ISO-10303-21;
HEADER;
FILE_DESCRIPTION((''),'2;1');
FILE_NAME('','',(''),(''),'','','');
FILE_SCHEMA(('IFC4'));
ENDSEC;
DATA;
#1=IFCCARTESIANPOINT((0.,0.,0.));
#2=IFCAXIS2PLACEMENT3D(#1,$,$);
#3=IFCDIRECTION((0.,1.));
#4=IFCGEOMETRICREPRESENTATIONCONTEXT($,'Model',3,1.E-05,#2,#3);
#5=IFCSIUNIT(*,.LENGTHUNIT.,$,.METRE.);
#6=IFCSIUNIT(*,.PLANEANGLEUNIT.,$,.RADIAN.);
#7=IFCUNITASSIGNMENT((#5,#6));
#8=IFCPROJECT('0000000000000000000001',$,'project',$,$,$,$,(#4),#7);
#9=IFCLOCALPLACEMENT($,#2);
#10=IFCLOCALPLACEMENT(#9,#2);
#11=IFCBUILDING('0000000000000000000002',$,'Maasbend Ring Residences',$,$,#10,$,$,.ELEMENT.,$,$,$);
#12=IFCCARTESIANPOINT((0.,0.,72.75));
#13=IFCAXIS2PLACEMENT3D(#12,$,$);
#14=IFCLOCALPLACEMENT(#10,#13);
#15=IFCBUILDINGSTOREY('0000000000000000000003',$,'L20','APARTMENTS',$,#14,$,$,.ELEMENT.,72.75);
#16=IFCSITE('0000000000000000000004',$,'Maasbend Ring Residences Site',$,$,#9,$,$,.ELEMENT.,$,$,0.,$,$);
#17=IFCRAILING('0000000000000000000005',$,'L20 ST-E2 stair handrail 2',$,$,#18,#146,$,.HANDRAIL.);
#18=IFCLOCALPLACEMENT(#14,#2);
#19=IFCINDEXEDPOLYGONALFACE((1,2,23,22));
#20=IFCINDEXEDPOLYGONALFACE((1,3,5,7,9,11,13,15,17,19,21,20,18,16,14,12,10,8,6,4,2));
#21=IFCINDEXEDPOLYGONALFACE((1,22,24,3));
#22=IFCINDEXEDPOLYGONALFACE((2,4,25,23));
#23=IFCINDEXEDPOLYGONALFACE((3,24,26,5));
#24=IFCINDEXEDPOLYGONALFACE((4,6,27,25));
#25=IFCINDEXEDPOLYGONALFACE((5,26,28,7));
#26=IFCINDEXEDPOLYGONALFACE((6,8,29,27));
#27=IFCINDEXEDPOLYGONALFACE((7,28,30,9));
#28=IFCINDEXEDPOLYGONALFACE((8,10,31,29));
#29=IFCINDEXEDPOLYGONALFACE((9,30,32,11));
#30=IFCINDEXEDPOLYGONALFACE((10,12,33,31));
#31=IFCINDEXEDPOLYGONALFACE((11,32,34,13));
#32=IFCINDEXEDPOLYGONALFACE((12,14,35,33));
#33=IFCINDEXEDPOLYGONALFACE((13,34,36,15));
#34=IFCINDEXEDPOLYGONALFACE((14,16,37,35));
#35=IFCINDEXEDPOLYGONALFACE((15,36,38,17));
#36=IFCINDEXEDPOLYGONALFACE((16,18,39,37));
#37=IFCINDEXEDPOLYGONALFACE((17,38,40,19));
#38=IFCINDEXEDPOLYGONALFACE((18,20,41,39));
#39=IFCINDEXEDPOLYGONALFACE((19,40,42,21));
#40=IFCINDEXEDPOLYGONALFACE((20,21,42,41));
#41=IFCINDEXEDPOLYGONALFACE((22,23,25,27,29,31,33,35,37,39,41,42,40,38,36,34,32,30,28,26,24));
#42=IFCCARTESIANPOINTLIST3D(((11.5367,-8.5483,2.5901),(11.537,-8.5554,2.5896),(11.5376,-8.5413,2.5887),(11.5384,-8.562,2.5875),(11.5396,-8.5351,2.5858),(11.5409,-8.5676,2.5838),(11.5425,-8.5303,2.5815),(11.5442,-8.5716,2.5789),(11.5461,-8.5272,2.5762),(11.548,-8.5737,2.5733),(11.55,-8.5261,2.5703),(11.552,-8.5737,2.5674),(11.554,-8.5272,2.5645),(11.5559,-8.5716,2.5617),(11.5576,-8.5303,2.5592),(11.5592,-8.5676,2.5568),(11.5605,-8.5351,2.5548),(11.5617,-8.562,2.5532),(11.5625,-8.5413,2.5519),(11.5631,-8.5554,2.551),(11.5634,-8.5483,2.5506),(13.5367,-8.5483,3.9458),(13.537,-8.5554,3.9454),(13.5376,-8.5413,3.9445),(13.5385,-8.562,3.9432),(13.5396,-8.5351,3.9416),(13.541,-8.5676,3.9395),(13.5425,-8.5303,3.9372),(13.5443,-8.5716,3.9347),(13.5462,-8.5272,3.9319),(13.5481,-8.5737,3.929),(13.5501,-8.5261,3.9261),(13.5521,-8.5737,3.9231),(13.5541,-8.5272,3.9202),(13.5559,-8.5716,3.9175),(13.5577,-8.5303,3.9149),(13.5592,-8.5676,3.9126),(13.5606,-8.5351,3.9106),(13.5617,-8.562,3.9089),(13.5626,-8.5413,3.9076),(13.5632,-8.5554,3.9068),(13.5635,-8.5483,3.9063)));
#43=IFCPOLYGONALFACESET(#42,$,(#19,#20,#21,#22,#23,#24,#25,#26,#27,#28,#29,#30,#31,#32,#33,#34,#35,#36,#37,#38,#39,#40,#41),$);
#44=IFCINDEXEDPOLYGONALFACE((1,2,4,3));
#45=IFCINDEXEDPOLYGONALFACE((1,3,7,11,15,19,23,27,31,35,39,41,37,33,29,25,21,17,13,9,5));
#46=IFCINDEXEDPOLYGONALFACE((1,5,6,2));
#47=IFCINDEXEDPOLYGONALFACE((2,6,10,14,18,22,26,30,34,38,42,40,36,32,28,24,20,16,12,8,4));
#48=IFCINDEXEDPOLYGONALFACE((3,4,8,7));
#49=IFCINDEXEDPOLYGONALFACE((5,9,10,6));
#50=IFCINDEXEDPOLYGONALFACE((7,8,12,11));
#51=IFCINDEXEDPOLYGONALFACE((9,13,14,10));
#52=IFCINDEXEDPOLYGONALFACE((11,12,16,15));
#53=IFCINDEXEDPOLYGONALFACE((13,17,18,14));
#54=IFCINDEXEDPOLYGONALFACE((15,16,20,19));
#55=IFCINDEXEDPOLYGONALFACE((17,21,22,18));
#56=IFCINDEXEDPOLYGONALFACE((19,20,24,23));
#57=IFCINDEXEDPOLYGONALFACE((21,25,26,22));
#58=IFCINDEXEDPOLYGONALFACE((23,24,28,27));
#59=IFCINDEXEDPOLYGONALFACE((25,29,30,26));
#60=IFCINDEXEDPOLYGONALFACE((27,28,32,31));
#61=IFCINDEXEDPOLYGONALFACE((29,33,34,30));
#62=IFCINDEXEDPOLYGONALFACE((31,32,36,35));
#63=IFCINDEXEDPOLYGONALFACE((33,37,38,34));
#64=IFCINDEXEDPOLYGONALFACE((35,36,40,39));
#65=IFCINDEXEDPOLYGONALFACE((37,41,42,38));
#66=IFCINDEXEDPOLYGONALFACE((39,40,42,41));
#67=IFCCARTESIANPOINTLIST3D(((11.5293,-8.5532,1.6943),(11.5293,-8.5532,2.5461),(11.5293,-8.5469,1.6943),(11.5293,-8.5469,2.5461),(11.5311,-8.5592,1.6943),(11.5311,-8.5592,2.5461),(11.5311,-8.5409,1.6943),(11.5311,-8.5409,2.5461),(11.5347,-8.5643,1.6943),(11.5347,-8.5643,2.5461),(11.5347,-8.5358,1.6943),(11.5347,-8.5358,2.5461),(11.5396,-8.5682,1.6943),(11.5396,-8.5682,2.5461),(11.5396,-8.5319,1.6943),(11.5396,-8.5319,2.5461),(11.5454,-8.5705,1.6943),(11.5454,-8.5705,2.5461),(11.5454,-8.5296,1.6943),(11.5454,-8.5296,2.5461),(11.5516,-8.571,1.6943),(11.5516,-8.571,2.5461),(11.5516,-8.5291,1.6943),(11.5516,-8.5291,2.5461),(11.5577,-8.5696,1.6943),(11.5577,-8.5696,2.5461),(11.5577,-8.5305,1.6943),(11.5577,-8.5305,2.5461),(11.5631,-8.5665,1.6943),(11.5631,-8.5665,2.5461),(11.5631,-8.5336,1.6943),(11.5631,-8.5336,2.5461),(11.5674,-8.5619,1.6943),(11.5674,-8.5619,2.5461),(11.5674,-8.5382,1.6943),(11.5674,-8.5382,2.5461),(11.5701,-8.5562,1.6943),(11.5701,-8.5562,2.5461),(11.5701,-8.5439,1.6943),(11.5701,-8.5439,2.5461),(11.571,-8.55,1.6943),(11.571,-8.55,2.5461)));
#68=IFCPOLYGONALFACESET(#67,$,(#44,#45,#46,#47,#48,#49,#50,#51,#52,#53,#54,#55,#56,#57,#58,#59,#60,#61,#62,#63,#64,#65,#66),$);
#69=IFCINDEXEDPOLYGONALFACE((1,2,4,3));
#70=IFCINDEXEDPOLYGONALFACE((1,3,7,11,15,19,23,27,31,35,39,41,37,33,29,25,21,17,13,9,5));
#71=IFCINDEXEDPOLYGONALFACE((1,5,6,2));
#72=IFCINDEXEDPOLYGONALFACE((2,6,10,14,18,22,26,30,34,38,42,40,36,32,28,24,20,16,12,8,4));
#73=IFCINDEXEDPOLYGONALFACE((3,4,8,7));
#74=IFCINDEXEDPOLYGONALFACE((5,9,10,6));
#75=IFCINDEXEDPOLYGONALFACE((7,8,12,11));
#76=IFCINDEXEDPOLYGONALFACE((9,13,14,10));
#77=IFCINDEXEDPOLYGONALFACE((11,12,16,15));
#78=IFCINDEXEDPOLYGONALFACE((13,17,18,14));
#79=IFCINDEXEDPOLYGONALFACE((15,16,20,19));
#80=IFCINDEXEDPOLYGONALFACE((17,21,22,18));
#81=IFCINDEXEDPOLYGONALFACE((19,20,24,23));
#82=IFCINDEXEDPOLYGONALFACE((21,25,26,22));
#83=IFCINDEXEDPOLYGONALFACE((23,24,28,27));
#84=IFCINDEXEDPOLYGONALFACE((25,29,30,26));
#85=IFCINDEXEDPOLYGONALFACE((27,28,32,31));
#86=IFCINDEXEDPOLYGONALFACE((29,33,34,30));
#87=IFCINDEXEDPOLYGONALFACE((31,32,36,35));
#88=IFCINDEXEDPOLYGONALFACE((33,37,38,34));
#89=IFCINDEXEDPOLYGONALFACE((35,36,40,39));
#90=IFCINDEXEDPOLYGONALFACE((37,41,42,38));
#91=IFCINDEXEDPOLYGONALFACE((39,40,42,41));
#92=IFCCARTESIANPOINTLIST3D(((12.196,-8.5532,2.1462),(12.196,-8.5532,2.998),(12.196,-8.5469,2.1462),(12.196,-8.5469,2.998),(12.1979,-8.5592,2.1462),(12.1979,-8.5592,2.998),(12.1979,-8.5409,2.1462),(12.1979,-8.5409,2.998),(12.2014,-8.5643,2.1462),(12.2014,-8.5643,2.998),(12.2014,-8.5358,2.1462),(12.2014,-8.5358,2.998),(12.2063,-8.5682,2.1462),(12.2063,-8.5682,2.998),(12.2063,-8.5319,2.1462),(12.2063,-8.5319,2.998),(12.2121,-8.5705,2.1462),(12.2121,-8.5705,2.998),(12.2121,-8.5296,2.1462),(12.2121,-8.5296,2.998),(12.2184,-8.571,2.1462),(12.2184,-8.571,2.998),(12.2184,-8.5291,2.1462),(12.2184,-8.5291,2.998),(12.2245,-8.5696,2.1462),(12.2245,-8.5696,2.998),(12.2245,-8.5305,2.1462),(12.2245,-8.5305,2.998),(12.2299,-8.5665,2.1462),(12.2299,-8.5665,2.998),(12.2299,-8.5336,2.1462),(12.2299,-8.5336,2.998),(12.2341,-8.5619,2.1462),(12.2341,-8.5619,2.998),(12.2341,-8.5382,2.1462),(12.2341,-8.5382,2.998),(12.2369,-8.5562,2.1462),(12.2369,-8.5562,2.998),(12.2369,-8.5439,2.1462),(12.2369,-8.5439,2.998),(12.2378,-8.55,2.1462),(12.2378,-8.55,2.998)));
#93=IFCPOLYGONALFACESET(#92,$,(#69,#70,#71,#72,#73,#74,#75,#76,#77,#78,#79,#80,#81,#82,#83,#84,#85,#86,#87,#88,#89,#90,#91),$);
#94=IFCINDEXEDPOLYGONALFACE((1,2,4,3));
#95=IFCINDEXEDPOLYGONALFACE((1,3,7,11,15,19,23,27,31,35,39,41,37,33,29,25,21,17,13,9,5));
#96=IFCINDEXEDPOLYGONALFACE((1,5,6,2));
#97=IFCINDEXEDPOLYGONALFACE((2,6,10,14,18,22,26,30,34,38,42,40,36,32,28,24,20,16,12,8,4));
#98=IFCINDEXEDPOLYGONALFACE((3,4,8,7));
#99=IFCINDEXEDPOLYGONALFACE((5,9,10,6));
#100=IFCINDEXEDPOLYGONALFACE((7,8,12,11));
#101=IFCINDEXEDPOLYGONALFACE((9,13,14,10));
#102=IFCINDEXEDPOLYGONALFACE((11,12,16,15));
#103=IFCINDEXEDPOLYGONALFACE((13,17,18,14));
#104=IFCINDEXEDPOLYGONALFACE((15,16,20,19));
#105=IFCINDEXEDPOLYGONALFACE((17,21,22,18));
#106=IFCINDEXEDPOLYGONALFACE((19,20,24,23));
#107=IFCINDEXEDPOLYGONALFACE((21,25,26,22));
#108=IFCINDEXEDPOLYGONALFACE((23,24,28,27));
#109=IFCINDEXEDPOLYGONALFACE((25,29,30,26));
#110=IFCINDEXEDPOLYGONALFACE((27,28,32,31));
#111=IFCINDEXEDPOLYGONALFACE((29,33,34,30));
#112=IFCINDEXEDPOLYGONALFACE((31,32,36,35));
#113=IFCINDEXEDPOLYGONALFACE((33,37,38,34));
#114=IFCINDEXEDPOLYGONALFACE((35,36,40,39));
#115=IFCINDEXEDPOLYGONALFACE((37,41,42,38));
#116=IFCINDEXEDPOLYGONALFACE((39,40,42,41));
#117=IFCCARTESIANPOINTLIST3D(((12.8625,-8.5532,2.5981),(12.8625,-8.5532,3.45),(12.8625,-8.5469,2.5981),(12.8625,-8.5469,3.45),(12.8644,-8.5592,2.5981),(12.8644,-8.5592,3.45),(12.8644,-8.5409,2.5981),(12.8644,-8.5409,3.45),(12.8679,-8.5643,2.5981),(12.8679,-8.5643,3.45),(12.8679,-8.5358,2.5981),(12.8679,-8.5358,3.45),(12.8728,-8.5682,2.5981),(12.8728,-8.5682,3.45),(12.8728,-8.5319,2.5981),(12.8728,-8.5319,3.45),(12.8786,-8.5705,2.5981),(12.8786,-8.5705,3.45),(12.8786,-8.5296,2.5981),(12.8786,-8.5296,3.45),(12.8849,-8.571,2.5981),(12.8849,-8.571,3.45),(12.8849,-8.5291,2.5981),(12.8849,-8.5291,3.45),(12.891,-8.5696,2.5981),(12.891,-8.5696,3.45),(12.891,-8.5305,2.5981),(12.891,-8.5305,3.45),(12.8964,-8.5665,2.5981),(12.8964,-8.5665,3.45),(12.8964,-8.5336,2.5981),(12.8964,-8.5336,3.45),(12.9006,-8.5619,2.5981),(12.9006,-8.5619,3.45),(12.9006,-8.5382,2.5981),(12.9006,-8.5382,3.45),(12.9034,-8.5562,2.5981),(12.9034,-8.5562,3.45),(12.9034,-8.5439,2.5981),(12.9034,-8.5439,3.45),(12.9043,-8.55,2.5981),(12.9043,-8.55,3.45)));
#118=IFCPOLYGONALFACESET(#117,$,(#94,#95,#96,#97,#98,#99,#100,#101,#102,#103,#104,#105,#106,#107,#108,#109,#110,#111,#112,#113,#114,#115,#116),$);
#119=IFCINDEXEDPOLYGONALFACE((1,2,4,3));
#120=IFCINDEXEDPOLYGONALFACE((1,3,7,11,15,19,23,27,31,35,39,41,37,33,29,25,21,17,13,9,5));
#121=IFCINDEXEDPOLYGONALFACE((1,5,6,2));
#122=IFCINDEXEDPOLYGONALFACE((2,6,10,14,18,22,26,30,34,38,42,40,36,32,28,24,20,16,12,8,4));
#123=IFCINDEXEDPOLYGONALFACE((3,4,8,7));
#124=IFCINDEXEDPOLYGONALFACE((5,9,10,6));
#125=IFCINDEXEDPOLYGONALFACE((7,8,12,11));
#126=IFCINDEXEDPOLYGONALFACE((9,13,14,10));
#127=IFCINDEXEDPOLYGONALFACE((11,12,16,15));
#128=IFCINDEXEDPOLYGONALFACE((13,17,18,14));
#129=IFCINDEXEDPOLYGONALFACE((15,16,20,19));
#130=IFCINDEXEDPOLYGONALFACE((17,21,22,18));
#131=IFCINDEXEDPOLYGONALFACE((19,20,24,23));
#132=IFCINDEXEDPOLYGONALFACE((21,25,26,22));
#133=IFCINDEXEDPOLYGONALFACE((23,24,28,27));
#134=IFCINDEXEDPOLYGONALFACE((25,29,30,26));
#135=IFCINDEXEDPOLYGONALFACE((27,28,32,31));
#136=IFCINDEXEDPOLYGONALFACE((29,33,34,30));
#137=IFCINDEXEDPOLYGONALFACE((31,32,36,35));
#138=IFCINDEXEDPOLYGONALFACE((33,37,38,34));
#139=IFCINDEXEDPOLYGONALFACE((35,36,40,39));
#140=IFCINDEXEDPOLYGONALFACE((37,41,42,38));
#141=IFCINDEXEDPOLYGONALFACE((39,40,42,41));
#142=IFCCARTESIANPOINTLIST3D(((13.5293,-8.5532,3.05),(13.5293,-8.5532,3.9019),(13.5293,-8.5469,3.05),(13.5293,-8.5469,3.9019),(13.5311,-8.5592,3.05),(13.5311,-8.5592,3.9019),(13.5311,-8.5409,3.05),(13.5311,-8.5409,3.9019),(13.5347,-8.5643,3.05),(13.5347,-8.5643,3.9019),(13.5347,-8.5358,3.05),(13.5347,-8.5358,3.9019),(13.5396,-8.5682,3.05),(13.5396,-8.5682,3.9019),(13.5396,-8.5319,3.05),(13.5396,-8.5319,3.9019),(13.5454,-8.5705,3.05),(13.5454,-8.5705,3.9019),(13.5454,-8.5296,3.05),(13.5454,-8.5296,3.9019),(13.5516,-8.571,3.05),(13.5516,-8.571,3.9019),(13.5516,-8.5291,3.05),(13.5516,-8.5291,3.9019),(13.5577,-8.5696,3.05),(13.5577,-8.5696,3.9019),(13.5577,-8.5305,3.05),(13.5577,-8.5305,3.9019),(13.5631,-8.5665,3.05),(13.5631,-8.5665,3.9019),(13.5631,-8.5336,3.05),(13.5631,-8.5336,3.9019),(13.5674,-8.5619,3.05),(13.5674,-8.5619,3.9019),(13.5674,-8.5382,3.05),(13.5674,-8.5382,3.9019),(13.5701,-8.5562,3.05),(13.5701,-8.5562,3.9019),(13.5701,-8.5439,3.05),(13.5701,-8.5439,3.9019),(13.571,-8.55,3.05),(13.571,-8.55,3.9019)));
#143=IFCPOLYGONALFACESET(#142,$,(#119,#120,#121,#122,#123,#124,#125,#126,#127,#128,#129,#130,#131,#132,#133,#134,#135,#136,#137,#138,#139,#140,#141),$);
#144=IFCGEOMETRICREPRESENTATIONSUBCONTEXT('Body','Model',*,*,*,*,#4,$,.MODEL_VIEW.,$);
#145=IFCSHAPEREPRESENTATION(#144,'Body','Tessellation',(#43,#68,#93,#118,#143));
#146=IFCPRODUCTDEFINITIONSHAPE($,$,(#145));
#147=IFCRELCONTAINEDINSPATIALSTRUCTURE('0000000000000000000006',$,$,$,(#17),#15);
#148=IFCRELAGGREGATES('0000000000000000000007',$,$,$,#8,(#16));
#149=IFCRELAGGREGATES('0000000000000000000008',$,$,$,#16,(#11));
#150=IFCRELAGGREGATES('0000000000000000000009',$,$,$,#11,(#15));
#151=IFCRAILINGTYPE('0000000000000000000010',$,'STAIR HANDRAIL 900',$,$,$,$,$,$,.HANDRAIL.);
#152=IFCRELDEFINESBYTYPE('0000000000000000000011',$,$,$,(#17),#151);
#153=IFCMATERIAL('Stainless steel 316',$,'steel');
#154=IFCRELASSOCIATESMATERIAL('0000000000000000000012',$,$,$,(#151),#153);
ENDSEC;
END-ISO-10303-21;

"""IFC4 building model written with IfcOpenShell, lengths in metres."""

from ifc_helpers import new_model, si_unit, direction, frame, origin, origin_2d, place, context, subcontext, project, spatial, circle, extrude, material, type_object, element, save


model = new_model("IFC4")

# Units and contexts
model_context = context("Model", 3, precision=1e-05, world=origin(), true_north=direction((0.0, 1.0)))
body_context = subcontext(model_context, "Body", "Model", "MODEL_VIEW")
ifc_project = project(units=[si_unit("LENGTHUNIT", "METRE"), si_unit("PLANEANGLEUNIT", "RADIAN")], contexts=[model_context])

# Site, building, storey
site_placement = place(None, origin())
site = spatial("IfcSite", under=ifc_project, at=site_placement, Name="Maasbend Ring Residences Site", CompositionType="ELEMENT", RefElevation=0.0)
building_placement = place(site_placement, origin())
building = spatial("IfcBuilding", under=site, at=building_placement, Name="Maasbend Ring Residences", CompositionType="ELEMENT")
storey_placement = place(building_placement, frame((0.0, 0.0, 72.75)))
storey = spatial("IfcBuildingStorey", under=building, at=storey_placement, Name="L20", Description="APARTMENTS", CompositionType="ELEMENT", Elevation=72.75)

# Railing
ifc_material_1 = material(Name="Stainless steel 316", Category="steel")
railing_type_1 = type_object("IfcRailingType", Name="STAIR HANDRAIL 900", PredefinedType="HANDRAIL", material=ifc_material_1)
railing_1_placement = place(storey_placement, frame((11.55, -8.55, 1.6943)))
element("IfcRailing", 1, at=railing_1_placement, inside=storey, type_object=railing_type_1, Name="L20 ST-E2 stair handrail 2", PredefinedType="HANDRAIL", context=body_context, shape_type="SweptSolid", body=[
    extrude(circle(Radius=0.0239, at=origin_2d()), frame((0.0, 0.0, 0.876), z_axis=(0.827751, 0.0, 0.561096), x_axis=(0.0, 1.0, 0.0)), (0.0, 0.0, 1.0), 2.4163),
    extrude(circle(Radius=0.021, at=origin_2d()), origin(), (0.0, 0.0, 1.0), 0.8518),
    extrude(circle(Radius=0.021, at=origin_2d()), frame((0.6667, 0.0, 0.4519)), (0.0, 0.0, 1.0), 0.8518),
    extrude(circle(Radius=0.021, at=origin_2d()), frame((1.3333, 0.0, 0.9038)), (0.0, 0.0, 1.0), 0.8518),
    extrude(circle(Radius=0.021, at=origin_2d()), frame((2.0, 0.0, 1.3557)), (0.0, 0.0, 1.0), 0.8518),
])

save(model, "model.ifc")
